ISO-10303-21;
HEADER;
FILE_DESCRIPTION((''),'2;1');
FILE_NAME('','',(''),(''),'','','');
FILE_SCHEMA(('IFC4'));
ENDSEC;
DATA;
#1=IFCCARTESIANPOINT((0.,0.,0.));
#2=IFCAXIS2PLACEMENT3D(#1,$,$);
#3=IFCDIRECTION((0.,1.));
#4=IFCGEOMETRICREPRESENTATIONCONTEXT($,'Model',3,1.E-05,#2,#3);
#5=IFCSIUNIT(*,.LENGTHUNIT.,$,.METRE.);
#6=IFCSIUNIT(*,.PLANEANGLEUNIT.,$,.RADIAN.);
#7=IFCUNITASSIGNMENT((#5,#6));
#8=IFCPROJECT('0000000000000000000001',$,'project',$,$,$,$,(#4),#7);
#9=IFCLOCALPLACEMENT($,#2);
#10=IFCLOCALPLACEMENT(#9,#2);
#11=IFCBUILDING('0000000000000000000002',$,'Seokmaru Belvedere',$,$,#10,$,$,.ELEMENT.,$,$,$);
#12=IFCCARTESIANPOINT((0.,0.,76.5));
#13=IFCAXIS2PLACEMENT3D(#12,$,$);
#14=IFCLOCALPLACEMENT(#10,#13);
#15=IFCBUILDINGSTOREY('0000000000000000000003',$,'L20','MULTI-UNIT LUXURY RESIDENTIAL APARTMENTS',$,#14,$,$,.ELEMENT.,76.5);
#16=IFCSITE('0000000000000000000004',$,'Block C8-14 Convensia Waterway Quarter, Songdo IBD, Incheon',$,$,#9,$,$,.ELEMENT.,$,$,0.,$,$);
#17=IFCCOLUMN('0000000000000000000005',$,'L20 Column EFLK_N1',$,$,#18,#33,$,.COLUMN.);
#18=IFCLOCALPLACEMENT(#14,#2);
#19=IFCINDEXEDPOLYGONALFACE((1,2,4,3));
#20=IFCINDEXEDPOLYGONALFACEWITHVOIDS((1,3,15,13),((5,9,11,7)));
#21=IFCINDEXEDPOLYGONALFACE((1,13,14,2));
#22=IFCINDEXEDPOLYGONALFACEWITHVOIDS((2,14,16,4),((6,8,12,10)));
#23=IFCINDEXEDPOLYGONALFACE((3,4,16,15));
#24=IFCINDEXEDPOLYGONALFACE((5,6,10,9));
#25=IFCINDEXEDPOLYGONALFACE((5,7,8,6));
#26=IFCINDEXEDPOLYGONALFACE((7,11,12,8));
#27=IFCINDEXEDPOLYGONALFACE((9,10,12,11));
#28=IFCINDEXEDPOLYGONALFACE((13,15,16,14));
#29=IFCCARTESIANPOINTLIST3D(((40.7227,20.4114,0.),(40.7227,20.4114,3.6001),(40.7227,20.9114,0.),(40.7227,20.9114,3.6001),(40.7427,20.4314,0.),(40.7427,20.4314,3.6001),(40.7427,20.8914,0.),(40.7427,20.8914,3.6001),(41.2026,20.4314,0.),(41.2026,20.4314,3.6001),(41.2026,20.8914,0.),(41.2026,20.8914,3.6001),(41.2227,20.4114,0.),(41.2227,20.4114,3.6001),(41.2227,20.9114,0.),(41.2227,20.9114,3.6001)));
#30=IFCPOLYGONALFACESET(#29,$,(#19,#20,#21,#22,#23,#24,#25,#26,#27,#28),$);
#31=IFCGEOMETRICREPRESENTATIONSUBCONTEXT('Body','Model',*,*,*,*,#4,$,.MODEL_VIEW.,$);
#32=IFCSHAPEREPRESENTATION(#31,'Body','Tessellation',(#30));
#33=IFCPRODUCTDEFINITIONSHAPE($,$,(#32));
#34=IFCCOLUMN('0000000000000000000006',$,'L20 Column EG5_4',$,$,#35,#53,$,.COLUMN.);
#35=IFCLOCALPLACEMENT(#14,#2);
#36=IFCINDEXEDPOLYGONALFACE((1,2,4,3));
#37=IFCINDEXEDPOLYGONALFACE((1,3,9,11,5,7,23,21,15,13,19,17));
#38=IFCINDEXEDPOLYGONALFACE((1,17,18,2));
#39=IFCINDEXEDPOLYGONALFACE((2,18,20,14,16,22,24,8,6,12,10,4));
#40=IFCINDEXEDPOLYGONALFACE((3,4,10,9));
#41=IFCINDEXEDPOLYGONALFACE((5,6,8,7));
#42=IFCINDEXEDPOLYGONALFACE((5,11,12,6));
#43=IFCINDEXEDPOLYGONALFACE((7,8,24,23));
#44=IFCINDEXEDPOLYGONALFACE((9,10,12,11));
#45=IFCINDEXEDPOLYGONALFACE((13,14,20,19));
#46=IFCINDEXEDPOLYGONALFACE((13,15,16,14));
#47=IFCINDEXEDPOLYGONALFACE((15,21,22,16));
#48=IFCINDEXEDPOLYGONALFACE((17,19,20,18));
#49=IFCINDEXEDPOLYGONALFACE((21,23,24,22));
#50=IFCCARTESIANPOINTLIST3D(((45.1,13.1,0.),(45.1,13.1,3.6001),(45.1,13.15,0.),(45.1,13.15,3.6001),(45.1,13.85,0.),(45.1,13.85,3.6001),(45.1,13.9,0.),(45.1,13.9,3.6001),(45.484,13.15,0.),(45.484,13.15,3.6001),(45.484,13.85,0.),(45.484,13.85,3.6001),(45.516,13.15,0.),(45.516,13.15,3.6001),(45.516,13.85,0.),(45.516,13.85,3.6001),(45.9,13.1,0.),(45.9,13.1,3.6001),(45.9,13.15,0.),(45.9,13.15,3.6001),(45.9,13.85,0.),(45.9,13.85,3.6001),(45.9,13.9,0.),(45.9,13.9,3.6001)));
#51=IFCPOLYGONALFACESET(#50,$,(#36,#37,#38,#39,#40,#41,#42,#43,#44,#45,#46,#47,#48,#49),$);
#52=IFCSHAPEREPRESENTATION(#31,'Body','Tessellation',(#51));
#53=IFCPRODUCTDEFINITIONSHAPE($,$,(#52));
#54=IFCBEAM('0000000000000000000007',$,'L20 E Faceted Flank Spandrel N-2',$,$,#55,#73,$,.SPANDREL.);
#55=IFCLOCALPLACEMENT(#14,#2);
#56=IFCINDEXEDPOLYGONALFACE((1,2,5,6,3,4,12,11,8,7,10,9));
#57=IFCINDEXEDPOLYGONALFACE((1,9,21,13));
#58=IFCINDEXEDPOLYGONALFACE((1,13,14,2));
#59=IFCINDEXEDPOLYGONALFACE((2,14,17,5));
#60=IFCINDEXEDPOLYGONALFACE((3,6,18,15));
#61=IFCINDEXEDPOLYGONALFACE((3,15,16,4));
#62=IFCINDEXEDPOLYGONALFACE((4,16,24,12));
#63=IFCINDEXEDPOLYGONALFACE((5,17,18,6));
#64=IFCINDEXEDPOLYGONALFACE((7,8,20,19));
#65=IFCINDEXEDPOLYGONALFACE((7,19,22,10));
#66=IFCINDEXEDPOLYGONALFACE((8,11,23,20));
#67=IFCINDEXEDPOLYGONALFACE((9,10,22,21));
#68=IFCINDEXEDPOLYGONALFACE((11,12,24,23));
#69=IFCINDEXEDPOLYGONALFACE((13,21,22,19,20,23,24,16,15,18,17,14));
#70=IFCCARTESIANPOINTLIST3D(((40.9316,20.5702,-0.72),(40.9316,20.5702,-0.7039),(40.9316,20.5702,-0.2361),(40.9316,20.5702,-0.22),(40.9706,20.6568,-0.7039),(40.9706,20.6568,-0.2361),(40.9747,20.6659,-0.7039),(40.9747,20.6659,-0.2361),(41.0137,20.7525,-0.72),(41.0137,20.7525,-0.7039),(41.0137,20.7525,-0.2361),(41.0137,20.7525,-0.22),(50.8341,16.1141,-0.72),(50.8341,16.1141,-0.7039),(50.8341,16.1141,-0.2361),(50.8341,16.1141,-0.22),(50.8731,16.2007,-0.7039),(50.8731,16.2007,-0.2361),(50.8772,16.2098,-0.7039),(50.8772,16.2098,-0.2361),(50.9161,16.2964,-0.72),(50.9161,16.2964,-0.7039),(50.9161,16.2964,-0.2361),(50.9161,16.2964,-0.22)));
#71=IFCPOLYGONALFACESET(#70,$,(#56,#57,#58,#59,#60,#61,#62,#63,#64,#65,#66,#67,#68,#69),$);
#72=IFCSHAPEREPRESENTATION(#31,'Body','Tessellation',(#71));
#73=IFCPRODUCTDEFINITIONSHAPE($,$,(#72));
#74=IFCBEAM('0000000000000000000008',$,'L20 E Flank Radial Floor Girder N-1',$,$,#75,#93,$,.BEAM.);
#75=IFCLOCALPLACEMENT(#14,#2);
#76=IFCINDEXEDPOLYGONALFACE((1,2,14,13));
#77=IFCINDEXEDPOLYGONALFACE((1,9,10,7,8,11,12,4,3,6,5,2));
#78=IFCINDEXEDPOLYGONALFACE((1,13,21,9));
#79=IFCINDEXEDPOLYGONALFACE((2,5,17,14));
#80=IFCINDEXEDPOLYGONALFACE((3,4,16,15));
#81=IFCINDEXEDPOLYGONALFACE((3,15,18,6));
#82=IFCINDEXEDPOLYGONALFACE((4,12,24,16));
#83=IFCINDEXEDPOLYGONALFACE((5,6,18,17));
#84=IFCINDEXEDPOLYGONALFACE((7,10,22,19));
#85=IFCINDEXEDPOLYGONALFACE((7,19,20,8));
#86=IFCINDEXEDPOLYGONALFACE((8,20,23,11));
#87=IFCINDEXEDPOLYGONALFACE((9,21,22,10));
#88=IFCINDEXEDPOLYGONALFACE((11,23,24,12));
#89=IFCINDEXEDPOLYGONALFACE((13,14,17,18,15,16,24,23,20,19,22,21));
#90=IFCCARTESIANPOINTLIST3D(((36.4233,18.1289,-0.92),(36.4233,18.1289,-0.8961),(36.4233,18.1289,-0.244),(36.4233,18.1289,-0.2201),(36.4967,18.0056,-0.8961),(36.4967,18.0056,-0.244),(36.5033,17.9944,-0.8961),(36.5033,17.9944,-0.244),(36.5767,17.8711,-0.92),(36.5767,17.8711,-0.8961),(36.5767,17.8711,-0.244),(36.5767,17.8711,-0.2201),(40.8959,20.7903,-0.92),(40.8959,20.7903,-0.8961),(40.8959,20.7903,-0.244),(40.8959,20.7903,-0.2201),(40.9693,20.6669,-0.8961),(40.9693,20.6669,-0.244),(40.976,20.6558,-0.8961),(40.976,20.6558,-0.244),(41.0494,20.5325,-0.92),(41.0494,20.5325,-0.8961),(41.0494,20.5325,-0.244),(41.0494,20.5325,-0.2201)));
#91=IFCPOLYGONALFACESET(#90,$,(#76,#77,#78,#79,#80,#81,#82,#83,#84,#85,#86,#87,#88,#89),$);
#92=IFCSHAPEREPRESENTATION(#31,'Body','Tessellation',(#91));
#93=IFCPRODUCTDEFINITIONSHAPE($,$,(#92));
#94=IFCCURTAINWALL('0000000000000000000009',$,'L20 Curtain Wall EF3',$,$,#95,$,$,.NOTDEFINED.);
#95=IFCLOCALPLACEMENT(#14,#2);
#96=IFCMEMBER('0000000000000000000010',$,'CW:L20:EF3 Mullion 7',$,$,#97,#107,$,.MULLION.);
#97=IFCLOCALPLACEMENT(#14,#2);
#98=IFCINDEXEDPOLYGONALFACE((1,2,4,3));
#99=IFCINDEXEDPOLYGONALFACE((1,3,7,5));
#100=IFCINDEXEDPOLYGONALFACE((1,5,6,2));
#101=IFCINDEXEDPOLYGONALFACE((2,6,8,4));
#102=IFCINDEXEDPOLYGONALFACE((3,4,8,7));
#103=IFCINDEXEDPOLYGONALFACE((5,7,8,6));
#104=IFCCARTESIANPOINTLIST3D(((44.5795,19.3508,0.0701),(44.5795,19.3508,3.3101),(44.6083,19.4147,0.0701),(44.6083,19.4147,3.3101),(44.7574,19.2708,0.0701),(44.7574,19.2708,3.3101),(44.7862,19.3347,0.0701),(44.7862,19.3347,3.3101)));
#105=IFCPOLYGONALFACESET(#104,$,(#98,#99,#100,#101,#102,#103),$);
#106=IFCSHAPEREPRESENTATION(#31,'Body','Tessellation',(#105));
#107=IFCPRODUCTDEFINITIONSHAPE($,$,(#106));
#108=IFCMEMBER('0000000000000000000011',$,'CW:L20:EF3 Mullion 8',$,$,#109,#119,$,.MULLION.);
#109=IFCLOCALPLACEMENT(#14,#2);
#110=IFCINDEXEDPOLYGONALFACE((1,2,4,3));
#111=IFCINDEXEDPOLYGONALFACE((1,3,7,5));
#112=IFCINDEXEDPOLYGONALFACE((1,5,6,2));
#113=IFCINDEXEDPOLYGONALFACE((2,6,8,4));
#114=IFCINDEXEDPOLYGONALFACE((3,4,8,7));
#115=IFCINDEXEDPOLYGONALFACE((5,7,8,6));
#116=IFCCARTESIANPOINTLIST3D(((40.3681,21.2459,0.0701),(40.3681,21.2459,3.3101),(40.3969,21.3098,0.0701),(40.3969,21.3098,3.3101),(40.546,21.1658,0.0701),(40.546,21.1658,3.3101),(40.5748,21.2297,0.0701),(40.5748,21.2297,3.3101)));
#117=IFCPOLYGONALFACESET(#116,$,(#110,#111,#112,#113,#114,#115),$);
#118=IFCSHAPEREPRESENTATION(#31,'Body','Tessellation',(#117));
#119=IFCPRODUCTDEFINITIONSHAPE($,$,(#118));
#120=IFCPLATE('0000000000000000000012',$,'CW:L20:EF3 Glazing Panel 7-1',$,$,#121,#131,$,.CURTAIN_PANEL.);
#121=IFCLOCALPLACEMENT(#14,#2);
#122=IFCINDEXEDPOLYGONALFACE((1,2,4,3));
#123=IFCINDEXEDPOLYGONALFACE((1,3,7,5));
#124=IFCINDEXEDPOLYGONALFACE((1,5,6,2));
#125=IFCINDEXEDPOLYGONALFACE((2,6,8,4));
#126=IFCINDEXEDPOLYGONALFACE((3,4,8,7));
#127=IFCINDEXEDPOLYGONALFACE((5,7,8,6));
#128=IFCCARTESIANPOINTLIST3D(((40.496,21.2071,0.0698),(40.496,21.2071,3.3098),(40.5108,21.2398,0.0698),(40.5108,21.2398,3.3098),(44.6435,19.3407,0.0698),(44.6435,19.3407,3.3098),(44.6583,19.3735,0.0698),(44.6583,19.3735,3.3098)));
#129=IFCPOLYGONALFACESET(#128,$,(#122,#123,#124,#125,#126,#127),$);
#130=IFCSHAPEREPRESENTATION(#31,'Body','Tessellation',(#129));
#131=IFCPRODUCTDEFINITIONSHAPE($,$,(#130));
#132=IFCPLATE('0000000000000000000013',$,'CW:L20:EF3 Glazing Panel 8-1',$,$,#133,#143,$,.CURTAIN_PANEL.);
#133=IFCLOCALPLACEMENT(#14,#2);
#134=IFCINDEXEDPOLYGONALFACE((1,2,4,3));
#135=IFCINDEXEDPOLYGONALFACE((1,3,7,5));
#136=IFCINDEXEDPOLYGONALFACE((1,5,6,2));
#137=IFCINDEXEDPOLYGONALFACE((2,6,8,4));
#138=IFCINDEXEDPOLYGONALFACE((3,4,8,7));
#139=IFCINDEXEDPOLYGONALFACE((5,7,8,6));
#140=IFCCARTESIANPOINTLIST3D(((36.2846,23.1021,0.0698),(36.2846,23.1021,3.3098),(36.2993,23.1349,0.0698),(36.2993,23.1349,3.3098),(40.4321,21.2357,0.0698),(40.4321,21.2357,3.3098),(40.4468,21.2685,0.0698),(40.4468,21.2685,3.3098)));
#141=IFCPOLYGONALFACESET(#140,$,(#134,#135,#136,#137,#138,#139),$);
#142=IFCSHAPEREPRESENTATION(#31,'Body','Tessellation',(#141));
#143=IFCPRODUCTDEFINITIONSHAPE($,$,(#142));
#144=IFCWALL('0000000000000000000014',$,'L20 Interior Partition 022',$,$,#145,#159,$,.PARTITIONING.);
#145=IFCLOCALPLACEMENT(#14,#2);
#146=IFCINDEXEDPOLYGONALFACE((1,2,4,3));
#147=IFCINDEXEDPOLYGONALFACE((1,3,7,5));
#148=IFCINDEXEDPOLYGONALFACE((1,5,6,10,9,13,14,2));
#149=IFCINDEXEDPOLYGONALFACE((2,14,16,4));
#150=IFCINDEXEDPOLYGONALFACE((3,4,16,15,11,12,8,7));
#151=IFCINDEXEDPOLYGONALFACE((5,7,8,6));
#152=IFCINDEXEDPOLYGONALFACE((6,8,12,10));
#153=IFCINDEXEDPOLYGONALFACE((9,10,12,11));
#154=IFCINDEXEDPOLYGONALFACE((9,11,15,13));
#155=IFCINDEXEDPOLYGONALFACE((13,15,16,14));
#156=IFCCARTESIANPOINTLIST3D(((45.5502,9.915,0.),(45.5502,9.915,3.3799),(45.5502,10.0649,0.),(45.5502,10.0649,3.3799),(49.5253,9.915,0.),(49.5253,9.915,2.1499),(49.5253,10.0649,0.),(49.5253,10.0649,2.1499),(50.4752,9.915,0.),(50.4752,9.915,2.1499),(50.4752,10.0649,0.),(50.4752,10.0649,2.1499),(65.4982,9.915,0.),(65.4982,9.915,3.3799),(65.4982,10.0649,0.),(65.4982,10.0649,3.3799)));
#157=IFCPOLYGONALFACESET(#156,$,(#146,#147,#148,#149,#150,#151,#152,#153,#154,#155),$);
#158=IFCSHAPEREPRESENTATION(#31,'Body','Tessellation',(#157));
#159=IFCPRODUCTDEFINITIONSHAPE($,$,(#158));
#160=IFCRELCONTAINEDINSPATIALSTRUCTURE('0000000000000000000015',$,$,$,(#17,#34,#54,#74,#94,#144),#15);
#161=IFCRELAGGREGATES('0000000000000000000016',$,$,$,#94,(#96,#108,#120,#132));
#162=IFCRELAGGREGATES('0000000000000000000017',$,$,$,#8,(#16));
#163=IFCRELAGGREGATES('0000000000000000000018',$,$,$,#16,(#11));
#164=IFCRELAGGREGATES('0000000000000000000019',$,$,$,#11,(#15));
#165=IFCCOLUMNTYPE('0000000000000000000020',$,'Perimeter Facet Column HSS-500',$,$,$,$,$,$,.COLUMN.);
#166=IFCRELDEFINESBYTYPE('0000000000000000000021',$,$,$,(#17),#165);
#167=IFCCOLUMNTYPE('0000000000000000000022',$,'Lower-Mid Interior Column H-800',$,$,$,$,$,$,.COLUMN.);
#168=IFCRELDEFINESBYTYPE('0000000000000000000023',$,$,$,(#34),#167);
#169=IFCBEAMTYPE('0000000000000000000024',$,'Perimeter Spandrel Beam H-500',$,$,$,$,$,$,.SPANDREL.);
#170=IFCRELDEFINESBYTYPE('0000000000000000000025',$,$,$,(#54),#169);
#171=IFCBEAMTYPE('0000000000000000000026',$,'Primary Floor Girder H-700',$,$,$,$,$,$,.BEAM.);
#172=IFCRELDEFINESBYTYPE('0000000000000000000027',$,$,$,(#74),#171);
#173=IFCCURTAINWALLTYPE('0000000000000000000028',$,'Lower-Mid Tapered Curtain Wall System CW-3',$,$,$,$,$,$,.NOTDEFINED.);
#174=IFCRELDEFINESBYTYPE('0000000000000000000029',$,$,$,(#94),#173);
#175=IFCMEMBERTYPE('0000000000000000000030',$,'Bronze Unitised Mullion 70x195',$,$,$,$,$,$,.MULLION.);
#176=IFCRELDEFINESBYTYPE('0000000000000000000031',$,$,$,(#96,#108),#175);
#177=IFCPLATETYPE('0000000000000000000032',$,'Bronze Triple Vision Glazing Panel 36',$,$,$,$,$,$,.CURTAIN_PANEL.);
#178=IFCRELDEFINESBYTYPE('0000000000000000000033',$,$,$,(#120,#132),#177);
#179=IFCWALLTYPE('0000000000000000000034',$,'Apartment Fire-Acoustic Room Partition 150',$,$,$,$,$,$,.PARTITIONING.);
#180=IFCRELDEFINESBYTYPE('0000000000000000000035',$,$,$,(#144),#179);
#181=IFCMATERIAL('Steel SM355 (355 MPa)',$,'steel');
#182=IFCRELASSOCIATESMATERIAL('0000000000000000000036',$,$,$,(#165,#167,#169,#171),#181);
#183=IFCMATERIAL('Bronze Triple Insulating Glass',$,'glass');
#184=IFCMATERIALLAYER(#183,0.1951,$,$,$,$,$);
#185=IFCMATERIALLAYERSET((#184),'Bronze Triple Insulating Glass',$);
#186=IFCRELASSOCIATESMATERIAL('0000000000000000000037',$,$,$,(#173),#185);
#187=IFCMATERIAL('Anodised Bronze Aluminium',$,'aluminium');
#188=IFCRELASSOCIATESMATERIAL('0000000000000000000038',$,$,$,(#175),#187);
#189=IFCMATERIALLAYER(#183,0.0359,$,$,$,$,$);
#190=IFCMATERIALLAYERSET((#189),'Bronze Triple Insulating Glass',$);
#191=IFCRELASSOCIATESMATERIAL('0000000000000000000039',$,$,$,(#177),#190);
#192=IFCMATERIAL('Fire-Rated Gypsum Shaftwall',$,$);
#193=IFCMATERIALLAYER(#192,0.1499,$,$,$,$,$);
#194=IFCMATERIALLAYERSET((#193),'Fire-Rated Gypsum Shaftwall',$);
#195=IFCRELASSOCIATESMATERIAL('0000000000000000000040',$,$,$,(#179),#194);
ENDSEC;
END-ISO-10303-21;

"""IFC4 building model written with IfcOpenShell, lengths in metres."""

from ifc_helpers import new_model, si_unit, direction, frame, frame_2d, origin, origin_2d, place, context, subcontext, project, spatial, rectangle, hollow_rectangle, i_section, extrude, source, transform, mapped, material, layer, layer_set, material_profile, profile_set, type_object, type_shapes, element, aggregate, save


model = new_model("IFC4")

# Units and contexts
model_context = context("Model", 3, precision=1e-05, world=origin(), true_north=direction((0.0, 1.0)))
body_context = subcontext(model_context, "Body", "Model", "MODEL_VIEW")
ifc_project = project(units=[si_unit("LENGTHUNIT", "METRE"), si_unit("PLANEANGLEUNIT", "RADIAN")], contexts=[model_context])

# Site, building, storey
site_placement = place(None, origin())
site = spatial("IfcSite", under=ifc_project, at=site_placement, Name="Block C8-14 Convensia Waterway Quarter, Songdo IBD, Incheon", CompositionType="ELEMENT", RefElevation=0.0)
building_placement = place(site_placement, origin())
building = spatial("IfcBuilding", under=site, at=building_placement, Name="Seokmaru Belvedere", CompositionType="ELEMENT")
storey_placement = place(building_placement, frame((0.0, 0.0, 76.5)))
storey = spatial("IfcBuildingStorey", under=building, at=storey_placement, Name="L20", Description="MULTI-UNIT LUXURY RESIDENTIAL APARTMENTS", CompositionType="ELEMENT", Elevation=76.5)

# Columns
ifc_material_1 = material(Name="Steel SM355 (355 MPa)", Category="steel")
ifc_material_profile_1 = material_profile(ifc_material_1, hollow_rectangle(XDim=0.5, YDim=0.5, WallThickness=0.02, at=origin_2d()), Name="HSS-500x500x20")
ifc_profile_set_1 = profile_set([ifc_material_profile_1], Name="Steel SM355 (355 MPa)")
column_type_1 = type_object("IfcColumnType", Name="Perimeter Facet Column HSS-500", PredefinedType="COLUMN", material=ifc_profile_set_1)
shared_shape_1 = source(origin(), body_context, "Body", "SweptSolid", [
    extrude(hollow_rectangle(XDim=0.5, YDim=0.5, WallThickness=0.02, at=origin_2d()), origin(), (0.0, 0.0, 1.0), 3.6001),
])
type_shapes(column_type_1, [shared_shape_1])
column_1_placement = place(storey_placement, frame((40.9727, 20.6614, 0.0), z_axis=(0.0, 0.0, 1.0), x_axis=(1.0, 0.0, 0.0)))
element("IfcColumn", 1, at=column_1_placement, inside=storey, type_object=column_type_1, Name="L20 Column EFLK_N1", PredefinedType="COLUMN", context=body_context, shape_type="MappedRepresentation", body=[
    mapped(shared_shape_1, transform((0.0, 0.0, 0.0), scale=1.0)),
])
ifc_material_profile_2 = material_profile(ifc_material_1, i_section(OverallWidth=0.8, OverallDepth=0.8, WebThickness=0.032, FlangeThickness=0.05, at=origin_2d()), Name="H-800x800x32x50")
ifc_profile_set_2 = profile_set([ifc_material_profile_2], Name="Steel SM355 (355 MPa)")
column_type_2 = type_object("IfcColumnType", Name="Lower-Mid Interior Column H-800", PredefinedType="COLUMN", material=ifc_profile_set_2)
shared_shape_2 = source(origin(), body_context, "Body", "SweptSolid", [
    extrude(i_section(OverallWidth=0.8, OverallDepth=0.8, WebThickness=0.032, FlangeThickness=0.05, at=origin_2d()), origin(), (0.0, 0.0, 1.0), 3.6001),
])
type_shapes(column_type_2, [shared_shape_2])
column_2_placement = place(storey_placement, frame((45.5, 13.5, 0.0), z_axis=(0.0, 0.0, 1.0), x_axis=(1.0, 0.0, 0.0)))
element("IfcColumn", 2, at=column_2_placement, inside=storey, type_object=column_type_2, Name="L20 Column EG5_4", PredefinedType="COLUMN", context=body_context, shape_type="MappedRepresentation", body=[
    mapped(shared_shape_2, transform((0.0, 0.0, 0.0), scale=1.0)),
])

# Beams
ifc_material_profile_3 = material_profile(ifc_material_1, i_section(OverallWidth=0.2, OverallDepth=0.5, WebThickness=0.01, FlangeThickness=0.0161, at=origin_2d()), Name="H-500x200x10x16")
ifc_profile_set_3 = profile_set([ifc_material_profile_3], Name="Steel SM355 (355 MPa)")
beam_type_1 = type_object("IfcBeamType", Name="Perimeter Spandrel Beam H-500", PredefinedType="SPANDREL", material=ifc_profile_set_3)
shared_shape_3 = source(origin(), body_context, "Body", "SweptSolid", [
    extrude(i_section(OverallWidth=0.2, OverallDepth=0.5, WebThickness=0.01, FlangeThickness=0.0161, at=origin_2d()), origin(), (0.0, 0.0, 1.0), 10.8589),
])
type_shapes(beam_type_1, [shared_shape_3])
beam_1_placement = place(storey_placement, frame((40.9727, 20.6614, -0.47), z_axis=(0.911922, -0.410365, 0.0), x_axis=(0.410365, 0.911922, 0.0)))
element("IfcBeam", 3, at=beam_1_placement, inside=storey, type_object=beam_type_1, Name="L20 E Faceted Flank Spandrel N-2", PredefinedType="SPANDREL", context=body_context, shape_type="MappedRepresentation", body=[
    mapped(shared_shape_3, transform((0.0, 0.0, 0.0), scale=1.0)),
])
ifc_material_profile_4 = material_profile(ifc_material_1, i_section(OverallWidth=0.3, OverallDepth=0.7, WebThickness=0.0129, FlangeThickness=0.0239, at=origin_2d()), Name="H-700x300x13x24")
ifc_profile_set_4 = profile_set([ifc_material_profile_4], Name="Steel SM355 (355 MPa)")
beam_type_2 = type_object("IfcBeamType", Name="Primary Floor Girder H-700", PredefinedType="BEAM", material=ifc_profile_set_4)
shared_shape_4 = source(origin(), body_context, "Body", "SweptSolid", [
    extrude(i_section(OverallWidth=0.3, OverallDepth=0.7, WebThickness=0.0129, FlangeThickness=0.0239, at=origin_2d()), origin(), (0.0, 0.0, 1.0), 5.2046),
])
type_shapes(beam_type_2, [shared_shape_4])
beam_2_placement = place(storey_placement, frame((40.9727, 20.6614, -0.5701), z_axis=(-0.85937, -0.511354, 0.0), x_axis=(0.511354, -0.85937, 0.0)))
element("IfcBeam", 4, at=beam_2_placement, inside=storey, type_object=beam_type_2, Name="L20 E Flank Radial Floor Girder N-1", PredefinedType="BEAM", context=body_context, shape_type="MappedRepresentation", body=[
    mapped(shared_shape_4, transform((0.0, 0.0, 0.0), scale=1.0)),
])

# Curtain wall, members, plates
ifc_material_2 = material(Name="Bronze Triple Insulating Glass", Category="glass")
ifc_layer_1 = layer(ifc_material_2, 0.1951)
ifc_layer_set_1 = layer_set([ifc_layer_1], Name="Bronze Triple Insulating Glass")
curtain_wall_type = type_object("IfcCurtainWallType", Name="Lower-Mid Tapered Curtain Wall System CW-3", PredefinedType="NOTDEFINED", material=ifc_layer_set_1)
curtain_wall_placement = place(storey_placement, origin())
curtain_wall = element("IfcCurtainWall", 5, at=curtain_wall_placement, inside=storey, type_object=curtain_wall_type, Name="L20 Curtain Wall EF3", PredefinedType="NOTDEFINED")
ifc_material_3 = material(Name="Anodised Bronze Aluminium", Category="aluminium")
ifc_material_profile_5 = material_profile(ifc_material_3, rectangle(XDim=0.0701, YDim=0.1951, at=origin_2d()), Name="CW-M-70x195")
ifc_profile_set_5 = profile_set([ifc_material_profile_5], Name="Anodised Bronze Aluminium")
member_type = type_object("IfcMemberType", Name="Bronze Unitised Mullion 70x195", PredefinedType="MULLION", material=ifc_profile_set_5)
shared_shape_5 = source(origin(), body_context, "Body", "SweptSolid", [
    extrude(rectangle(XDim=0.0701, YDim=0.1951, at=origin_2d()), origin(), (0.0, 0.0, 1.0), 3.24),
])
type_shapes(member_type, [shared_shape_5])
member_1_placement = place(storey_placement, frame((44.6829, 19.3428, 0.0701), z_axis=(0.0, 0.0, 1.0), x_axis=(-0.410366, -0.911921, 0.0)))
member_1 = element("IfcMember", 6, at=member_1_placement, type_object=member_type, Name="CW:L20:EF3 Mullion 7", PredefinedType="MULLION", context=body_context, shape_type="MappedRepresentation", body=[
    mapped(shared_shape_5, transform((0.0, 0.0, 0.0), scale=1.0)),
])
member_2_placement = place(storey_placement, frame((40.4714, 21.2378, 0.0701), z_axis=(0.0, 0.0, 1.0), x_axis=(-0.410366, -0.911921, 0.0)))
member_2 = element("IfcMember", 7, at=member_2_placement, type_object=member_type, Name="CW:L20:EF3 Mullion 8", PredefinedType="MULLION", context=body_context, shape_type="MappedRepresentation", body=[
    mapped(shared_shape_5, transform((0.0, 0.0, 0.0), scale=1.0)),
])
ifc_layer_2 = layer(ifc_material_2, 0.0359)
ifc_layer_set_2 = layer_set([ifc_layer_2], Name="Bronze Triple Insulating Glass")
plate_type = type_object("IfcPlateType", Name="Bronze Triple Vision Glazing Panel 36", PredefinedType="CURTAIN_PANEL", material=ifc_layer_set_2)
shared_shape_6 = source(origin(), body_context, "Body", "SweptSolid", [
    extrude(rectangle(XDim=4.5481, YDim=0.0359, at=origin_2d()), origin(), (0.0, 0.0, 1.0), 3.24),
])
type_shapes(plate_type, [shared_shape_6])
plate_1_placement = place(storey_placement, frame((42.5771, 20.2903, 0.0698), z_axis=(0.0, 0.0, 1.0), x_axis=(-0.911921, 0.410366, 0.0)))
plate_1 = element("IfcPlate", 8, at=plate_1_placement, type_object=plate_type, Name="CW:L20:EF3 Glazing Panel 7-1", PredefinedType="CURTAIN_PANEL", context=body_context, shape_type="MappedRepresentation", body=[
    mapped(shared_shape_6, transform((0.0, 0.0, 0.0), scale=1.0)),
])
plate_2_placement = place(storey_placement, frame((38.3657, 22.1853, 0.0698), z_axis=(0.0, 0.0, 1.0), x_axis=(-0.911921, 0.410366, 0.0)))
plate_2 = element("IfcPlate", 9, at=plate_2_placement, type_object=plate_type, Name="CW:L20:EF3 Glazing Panel 8-1", PredefinedType="CURTAIN_PANEL", context=body_context, shape_type="MappedRepresentation", body=[
    mapped(shared_shape_6, transform((0.0, 0.0, 0.0), scale=1.0)),
])
aggregate(curtain_wall, [member_1, member_2, plate_1, plate_2])

# Wall, opening
ifc_material_4 = material(Name="Fire-Rated Gypsum Shaftwall")
ifc_layer_3 = layer(ifc_material_4, 0.1499)
ifc_layer_set_3 = layer_set([ifc_layer_3], Name="Fire-Rated Gypsum Shaftwall")
wall_type_1 = type_object("IfcWallType", Name="Apartment Fire-Acoustic Room Partition 150", PredefinedType="PARTITIONING", material=ifc_layer_set_3)
wall_1_placement = place(storey_placement, frame((45.55, 9.99, 0.0), z_axis=(0.0, 0.0, 1.0), x_axis=(1.0, 0.0, 0.0)))
wall_1 = element("IfcWall", 10, at=wall_1_placement, inside=storey, type_object=wall_type_1, Name="L20 Interior Partition 022", PredefinedType="PARTITIONING", context=body_context, shape_type="SweptSolid", body=[
    extrude(rectangle(XDim=19.948, YDim=0.1499, at=frame_2d((9.9741, 0.0))), origin(), (0.0, 0.0, 1.0), 3.3799),
])
opening_1_placement = place(wall_1_placement, frame((3.9751, 0.0, 0.0)))
element("IfcOpeningElement", 11, at=opening_1_placement, cuts=wall_1, PredefinedType="OPENING", context=body_context, shape_type="SweptSolid", body=[
    extrude(rectangle(XDim=0.95, YDim=2.1499, at=frame_2d((0.4751, 1.075))), frame((0.0, 0.085, 0.0), z_axis=(0.0, -1.0, 0.0), x_axis=(1.0, 0.0, 0.0)), (0.0, 0.0, 1.0), 0.1699),
])

save(model, "model.ifc")
